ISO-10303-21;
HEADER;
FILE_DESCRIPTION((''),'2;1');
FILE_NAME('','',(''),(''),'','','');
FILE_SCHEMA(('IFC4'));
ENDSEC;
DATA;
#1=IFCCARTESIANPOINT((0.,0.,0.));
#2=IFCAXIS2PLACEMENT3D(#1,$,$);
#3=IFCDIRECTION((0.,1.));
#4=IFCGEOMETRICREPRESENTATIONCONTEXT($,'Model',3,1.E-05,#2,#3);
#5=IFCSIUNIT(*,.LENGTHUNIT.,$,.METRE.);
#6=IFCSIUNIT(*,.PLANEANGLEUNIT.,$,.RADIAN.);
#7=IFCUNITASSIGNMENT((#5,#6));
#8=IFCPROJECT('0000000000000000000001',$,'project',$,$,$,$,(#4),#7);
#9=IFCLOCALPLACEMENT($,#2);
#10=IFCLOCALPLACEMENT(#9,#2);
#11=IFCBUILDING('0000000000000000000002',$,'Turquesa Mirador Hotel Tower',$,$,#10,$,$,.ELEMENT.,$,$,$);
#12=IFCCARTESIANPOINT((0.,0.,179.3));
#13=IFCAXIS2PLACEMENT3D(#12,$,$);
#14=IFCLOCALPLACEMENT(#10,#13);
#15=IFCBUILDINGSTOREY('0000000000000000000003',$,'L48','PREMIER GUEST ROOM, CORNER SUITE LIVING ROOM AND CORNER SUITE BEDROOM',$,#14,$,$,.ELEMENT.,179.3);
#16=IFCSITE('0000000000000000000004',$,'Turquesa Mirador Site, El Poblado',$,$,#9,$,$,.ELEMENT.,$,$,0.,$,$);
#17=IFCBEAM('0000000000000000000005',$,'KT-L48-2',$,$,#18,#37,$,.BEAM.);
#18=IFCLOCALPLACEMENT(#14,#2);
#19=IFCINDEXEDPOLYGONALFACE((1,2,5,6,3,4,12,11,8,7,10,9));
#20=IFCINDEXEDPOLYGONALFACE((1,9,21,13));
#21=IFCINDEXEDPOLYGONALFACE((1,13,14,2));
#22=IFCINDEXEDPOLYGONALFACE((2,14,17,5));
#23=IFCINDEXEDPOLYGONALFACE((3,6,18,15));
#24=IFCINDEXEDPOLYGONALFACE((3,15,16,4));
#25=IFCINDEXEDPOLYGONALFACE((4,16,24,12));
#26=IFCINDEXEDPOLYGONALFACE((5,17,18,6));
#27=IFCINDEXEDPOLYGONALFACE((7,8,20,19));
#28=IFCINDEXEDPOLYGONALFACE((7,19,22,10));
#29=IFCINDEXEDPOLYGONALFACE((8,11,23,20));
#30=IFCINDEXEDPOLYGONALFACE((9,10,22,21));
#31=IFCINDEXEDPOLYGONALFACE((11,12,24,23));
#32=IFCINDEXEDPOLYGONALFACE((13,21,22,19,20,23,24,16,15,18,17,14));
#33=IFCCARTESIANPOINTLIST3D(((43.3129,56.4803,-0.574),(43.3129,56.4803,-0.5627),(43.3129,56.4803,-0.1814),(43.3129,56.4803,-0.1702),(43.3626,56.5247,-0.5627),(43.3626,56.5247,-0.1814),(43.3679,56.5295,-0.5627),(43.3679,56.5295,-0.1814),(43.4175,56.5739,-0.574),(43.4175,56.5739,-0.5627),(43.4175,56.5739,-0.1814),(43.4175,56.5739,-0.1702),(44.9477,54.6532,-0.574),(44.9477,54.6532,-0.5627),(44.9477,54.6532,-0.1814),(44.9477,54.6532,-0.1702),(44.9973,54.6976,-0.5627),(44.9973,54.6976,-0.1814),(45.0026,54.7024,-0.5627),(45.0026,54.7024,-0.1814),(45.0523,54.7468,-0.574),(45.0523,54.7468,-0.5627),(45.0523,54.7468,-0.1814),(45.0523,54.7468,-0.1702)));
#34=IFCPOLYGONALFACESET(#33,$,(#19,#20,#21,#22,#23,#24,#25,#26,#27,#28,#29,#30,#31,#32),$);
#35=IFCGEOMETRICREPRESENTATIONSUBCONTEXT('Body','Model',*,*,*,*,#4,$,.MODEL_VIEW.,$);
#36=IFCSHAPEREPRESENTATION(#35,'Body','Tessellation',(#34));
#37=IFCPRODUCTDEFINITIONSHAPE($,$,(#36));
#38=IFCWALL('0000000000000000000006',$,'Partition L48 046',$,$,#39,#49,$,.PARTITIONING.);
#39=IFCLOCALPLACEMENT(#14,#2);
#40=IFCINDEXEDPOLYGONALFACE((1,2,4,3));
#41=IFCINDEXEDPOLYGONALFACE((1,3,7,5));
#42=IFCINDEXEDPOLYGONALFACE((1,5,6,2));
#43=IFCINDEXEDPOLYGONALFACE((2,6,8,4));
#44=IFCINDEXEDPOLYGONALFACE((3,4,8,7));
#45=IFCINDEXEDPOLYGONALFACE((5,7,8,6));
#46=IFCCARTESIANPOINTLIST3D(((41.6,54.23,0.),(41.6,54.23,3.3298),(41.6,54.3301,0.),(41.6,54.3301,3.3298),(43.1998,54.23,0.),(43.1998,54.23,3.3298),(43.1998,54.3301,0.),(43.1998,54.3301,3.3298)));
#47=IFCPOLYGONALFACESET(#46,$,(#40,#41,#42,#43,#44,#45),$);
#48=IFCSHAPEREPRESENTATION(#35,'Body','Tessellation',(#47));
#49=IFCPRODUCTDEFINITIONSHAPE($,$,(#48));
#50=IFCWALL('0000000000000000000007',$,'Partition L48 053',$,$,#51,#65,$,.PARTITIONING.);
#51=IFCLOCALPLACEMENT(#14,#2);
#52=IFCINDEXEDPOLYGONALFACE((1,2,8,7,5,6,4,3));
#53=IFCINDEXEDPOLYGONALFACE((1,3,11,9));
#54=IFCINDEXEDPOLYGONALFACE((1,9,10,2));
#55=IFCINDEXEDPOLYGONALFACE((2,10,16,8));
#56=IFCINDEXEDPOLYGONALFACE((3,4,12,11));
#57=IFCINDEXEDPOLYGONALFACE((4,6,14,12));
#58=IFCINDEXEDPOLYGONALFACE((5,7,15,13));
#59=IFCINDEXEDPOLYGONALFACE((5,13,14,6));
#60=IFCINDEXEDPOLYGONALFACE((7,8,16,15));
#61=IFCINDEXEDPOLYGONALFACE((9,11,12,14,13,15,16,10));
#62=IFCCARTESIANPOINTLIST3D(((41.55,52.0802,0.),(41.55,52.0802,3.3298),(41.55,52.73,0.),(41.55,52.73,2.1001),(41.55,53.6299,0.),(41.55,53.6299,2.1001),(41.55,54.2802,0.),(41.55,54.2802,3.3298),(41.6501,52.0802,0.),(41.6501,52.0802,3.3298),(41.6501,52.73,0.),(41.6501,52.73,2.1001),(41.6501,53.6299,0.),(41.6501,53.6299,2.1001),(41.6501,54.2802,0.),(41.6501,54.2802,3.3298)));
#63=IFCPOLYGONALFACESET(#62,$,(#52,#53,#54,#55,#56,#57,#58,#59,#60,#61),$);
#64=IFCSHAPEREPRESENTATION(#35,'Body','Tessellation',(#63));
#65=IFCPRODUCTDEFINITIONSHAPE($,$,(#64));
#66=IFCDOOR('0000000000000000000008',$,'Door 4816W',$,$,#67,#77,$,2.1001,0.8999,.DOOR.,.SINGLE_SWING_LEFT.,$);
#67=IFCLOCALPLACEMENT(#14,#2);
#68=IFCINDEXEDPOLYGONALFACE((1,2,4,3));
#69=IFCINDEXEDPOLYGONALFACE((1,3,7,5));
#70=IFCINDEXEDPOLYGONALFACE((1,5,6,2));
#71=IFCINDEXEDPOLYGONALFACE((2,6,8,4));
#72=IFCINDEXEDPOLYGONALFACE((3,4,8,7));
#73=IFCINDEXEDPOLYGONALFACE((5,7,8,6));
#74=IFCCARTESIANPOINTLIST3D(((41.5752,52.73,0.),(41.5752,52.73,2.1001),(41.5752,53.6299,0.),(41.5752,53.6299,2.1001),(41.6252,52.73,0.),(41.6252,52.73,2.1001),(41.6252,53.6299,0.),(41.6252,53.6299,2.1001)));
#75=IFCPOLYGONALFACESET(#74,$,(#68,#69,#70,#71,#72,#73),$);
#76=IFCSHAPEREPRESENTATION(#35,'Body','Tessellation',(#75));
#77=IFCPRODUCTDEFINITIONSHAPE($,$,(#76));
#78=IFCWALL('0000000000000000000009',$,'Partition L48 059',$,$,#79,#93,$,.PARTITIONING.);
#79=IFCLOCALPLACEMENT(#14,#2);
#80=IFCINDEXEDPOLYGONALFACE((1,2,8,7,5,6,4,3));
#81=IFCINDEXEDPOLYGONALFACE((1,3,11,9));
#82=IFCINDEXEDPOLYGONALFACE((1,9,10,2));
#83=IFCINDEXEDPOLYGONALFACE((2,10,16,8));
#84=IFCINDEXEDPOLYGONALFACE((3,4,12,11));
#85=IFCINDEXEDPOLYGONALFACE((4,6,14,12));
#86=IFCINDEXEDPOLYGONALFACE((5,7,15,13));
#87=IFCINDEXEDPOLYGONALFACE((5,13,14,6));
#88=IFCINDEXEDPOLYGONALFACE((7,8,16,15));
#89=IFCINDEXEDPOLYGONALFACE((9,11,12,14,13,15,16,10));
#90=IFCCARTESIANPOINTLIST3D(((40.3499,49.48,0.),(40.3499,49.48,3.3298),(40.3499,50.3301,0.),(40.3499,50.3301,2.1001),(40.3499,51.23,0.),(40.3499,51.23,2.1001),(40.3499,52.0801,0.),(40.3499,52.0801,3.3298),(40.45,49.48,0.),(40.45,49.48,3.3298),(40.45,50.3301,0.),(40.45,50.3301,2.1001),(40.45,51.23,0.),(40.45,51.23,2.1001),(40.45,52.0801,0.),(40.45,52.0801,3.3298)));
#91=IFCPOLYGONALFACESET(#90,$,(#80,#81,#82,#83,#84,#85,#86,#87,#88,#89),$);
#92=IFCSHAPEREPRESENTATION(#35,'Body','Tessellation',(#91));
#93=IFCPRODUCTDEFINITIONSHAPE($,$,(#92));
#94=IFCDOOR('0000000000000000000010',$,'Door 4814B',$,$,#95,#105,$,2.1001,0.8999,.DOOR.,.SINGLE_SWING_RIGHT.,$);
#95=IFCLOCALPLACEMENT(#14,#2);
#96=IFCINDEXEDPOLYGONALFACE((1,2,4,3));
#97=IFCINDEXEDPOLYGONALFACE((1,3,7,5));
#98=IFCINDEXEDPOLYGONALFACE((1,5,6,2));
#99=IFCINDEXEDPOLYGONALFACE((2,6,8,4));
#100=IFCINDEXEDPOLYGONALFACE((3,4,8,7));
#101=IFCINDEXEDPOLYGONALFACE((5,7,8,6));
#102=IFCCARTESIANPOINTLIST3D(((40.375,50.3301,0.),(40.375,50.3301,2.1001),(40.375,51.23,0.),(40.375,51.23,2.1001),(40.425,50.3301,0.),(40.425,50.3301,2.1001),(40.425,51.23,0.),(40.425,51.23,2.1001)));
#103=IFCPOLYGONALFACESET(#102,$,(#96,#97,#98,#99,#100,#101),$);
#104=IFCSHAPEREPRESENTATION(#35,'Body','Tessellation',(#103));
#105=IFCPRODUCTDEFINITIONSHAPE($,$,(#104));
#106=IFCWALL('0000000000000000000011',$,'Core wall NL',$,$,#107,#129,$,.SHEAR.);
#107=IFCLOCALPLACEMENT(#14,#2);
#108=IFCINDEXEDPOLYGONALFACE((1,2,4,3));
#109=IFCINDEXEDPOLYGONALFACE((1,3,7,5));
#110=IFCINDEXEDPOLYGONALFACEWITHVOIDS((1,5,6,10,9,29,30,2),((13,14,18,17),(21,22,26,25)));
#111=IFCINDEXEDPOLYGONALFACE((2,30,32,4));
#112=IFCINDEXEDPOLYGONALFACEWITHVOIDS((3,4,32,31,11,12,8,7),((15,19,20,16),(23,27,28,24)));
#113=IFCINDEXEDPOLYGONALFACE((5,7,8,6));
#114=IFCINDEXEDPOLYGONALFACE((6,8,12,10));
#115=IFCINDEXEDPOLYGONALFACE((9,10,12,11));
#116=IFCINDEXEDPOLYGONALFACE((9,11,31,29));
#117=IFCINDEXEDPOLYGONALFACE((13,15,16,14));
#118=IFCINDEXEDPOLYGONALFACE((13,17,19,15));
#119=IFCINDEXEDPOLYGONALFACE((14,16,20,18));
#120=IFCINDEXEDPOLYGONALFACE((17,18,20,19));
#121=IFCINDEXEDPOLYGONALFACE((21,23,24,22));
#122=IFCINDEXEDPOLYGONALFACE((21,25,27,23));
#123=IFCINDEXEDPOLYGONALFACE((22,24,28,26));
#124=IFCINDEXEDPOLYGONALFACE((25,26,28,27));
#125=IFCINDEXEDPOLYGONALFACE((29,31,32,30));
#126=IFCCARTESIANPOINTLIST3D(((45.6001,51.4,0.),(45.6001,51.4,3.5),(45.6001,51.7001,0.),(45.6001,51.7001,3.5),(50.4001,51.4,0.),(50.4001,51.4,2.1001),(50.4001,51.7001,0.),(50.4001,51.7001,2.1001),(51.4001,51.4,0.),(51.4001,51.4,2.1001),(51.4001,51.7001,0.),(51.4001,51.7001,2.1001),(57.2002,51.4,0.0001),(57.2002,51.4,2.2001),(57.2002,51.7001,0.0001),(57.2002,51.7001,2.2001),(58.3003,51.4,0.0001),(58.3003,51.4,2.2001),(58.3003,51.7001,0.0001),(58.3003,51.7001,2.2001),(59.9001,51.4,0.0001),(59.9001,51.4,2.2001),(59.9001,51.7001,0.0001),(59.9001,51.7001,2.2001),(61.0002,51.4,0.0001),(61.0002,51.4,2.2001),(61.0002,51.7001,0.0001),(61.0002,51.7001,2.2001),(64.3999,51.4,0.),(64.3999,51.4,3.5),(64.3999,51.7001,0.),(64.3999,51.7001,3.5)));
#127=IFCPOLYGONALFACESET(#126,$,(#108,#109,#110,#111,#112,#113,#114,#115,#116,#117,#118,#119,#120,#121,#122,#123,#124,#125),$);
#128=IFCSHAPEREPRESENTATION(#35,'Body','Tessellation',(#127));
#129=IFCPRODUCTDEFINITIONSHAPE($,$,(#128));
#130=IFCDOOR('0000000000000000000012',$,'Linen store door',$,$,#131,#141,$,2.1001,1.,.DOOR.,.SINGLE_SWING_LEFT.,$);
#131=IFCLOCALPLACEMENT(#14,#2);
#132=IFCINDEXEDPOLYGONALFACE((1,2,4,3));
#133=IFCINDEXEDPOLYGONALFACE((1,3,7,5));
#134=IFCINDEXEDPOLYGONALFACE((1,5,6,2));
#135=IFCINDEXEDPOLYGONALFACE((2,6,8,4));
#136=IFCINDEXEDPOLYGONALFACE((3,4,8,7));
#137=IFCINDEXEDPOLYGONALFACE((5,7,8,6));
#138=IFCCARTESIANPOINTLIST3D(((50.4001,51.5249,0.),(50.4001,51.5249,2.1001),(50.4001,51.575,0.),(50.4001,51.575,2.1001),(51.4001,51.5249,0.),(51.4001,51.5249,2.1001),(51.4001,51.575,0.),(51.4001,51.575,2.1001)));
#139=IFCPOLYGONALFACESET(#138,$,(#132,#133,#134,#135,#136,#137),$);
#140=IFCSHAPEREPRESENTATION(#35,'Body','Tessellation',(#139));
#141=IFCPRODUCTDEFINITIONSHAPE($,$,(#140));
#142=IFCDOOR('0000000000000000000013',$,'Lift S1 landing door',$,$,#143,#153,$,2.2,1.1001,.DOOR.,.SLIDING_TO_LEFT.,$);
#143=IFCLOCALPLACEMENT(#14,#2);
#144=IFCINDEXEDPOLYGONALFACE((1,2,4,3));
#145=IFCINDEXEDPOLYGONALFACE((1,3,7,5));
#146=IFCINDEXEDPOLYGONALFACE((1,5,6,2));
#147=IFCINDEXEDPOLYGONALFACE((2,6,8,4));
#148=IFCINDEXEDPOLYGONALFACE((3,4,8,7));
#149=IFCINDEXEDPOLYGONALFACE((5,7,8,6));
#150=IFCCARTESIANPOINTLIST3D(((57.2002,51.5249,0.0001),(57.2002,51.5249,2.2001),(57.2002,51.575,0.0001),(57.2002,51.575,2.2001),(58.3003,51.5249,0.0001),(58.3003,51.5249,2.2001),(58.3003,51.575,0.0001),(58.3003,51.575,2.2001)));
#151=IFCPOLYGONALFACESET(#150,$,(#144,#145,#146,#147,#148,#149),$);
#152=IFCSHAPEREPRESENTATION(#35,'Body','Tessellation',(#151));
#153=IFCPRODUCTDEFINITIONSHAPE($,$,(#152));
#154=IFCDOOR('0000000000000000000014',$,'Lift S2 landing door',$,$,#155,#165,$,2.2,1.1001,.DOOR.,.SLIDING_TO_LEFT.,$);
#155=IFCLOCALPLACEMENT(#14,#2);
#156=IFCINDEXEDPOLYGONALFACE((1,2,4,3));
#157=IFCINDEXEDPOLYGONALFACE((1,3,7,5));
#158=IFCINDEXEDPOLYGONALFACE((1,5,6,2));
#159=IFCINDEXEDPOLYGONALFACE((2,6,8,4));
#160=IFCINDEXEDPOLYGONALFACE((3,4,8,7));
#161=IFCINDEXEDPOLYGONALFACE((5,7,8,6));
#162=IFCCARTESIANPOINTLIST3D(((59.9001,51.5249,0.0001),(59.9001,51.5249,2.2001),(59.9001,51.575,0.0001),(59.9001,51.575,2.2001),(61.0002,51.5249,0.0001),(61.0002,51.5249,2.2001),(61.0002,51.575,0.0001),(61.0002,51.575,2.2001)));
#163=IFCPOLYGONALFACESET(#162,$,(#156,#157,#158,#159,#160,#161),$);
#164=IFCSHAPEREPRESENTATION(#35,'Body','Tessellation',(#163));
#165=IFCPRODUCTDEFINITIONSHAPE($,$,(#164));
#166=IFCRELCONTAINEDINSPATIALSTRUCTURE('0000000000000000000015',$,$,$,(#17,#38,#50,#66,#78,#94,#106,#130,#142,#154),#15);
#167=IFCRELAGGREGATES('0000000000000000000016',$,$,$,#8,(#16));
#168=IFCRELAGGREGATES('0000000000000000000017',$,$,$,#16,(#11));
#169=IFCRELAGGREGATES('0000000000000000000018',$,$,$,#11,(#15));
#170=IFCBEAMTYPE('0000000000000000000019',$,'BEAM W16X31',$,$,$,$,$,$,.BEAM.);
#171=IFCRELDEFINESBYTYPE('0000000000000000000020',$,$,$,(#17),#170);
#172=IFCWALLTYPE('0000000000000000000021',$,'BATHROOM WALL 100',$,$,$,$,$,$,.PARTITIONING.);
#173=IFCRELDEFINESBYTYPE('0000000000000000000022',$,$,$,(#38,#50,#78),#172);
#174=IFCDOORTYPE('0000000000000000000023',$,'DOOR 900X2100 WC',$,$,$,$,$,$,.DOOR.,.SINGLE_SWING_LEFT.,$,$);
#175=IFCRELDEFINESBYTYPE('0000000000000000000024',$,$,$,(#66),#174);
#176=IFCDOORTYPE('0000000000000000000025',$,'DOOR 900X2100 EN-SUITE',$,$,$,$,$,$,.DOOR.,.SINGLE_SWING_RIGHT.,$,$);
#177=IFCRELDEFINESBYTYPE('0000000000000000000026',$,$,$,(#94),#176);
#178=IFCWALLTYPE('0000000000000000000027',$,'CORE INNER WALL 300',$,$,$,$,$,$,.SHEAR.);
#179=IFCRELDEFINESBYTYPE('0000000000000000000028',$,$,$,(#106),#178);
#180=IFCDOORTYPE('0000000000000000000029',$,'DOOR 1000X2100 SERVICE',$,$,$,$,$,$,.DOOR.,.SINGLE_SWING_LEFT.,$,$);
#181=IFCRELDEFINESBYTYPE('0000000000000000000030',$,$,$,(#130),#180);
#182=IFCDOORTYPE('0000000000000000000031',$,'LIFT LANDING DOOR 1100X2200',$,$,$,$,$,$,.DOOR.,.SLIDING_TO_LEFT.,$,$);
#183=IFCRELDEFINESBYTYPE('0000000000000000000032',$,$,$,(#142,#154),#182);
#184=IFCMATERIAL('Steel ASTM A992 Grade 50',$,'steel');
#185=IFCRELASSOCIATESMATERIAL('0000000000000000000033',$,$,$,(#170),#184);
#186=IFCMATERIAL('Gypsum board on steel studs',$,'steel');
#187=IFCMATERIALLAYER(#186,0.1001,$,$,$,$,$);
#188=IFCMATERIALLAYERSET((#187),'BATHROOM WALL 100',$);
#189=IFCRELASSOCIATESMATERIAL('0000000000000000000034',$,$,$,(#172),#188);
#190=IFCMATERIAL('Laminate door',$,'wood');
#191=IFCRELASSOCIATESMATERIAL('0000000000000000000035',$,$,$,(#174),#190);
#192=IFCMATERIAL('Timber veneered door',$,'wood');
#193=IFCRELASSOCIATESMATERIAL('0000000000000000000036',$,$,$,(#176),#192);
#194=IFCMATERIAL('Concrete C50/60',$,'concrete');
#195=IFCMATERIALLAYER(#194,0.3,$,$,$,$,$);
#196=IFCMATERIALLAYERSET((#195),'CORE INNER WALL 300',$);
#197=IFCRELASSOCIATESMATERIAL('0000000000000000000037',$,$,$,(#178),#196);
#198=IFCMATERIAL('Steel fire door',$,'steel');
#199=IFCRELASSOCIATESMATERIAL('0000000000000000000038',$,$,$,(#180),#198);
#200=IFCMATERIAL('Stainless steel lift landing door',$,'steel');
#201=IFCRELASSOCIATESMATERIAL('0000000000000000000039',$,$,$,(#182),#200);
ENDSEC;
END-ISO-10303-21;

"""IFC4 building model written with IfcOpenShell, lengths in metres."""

from ifc_helpers import new_model, si_unit, direction, frame, frame_2d, origin, origin_2d, place, context, subcontext, project, spatial, rectangle, i_section, extrude, material, layer, layer_set, material_profile, profile_set, type_object, element, fill, save


model = new_model("IFC4")

# Units and contexts
model_context = context("Model", 3, precision=1e-05, world=origin(), true_north=direction((0.0, 1.0)))
body_context = subcontext(model_context, "Body", "Model", "MODEL_VIEW")
ifc_project = project(units=[si_unit("LENGTHUNIT", "METRE"), si_unit("PLANEANGLEUNIT", "RADIAN")], contexts=[model_context])

# Site, building, storey
site_placement = place(None, origin())
site = spatial("IfcSite", under=ifc_project, at=site_placement, Name="Turquesa Mirador Site, El Poblado", CompositionType="ELEMENT", RefElevation=0.0)
building_placement = place(site_placement, origin())
building = spatial("IfcBuilding", under=site, at=building_placement, Name="Turquesa Mirador Hotel Tower", CompositionType="ELEMENT")
storey_placement = place(building_placement, frame((0.0, 0.0, 179.3)))
storey = spatial("IfcBuildingStorey", under=building, at=storey_placement, Name="L48", Description="PREMIER GUEST ROOM, CORNER SUITE LIVING ROOM AND CORNER SUITE BEDROOM", CompositionType="ELEMENT", Elevation=179.3)

# Beam
ifc_material_1 = material(Name="Steel ASTM A992 Grade 50", Category="steel")
ifc_material_profile = material_profile(ifc_material_1, i_section(OverallWidth=0.1404, OverallDepth=0.4038, WebThickness=0.0071, FlangeThickness=0.0112, at=origin_2d()), Name="W16X31")
ifc_profile_set = profile_set([ifc_material_profile], Name="Steel ASTM A992 Grade 50")
beam_type = type_object("IfcBeamType", Name="BEAM W16X31", PredefinedType="BEAM", material=ifc_profile_set)
beam_placement = place(storey_placement, frame((43.3652, 56.5271, -0.3721), z_axis=(0.666783, -0.745252, 0.0), x_axis=(0.745252, 0.666783, 0.0)))
element("IfcBeam", 1, at=beam_placement, inside=storey, type_object=beam_type, Name="KT-L48-2", PredefinedType="BEAM", context=body_context, shape_type="SweptSolid", body=[
    extrude(i_section(OverallWidth=0.1404, OverallDepth=0.4038, WebThickness=0.0071, FlangeThickness=0.0112, at=origin_2d()), origin(), (0.0, 0.0, 1.0), 2.4517),
])

# Wall
ifc_material_2 = material(Name="Gypsum board on steel studs", Category="steel")
ifc_layer_1 = layer(ifc_material_2, 0.1001)
ifc_layer_set_1 = layer_set([ifc_layer_1], Name="BATHROOM WALL 100")
wall_type_1 = type_object("IfcWallType", Name="BATHROOM WALL 100", PredefinedType="PARTITIONING", material=ifc_layer_set_1)
wall_1_placement = place(storey_placement, frame((41.6001, 54.28, 0.0), z_axis=(0.0, 0.0, 1.0), x_axis=(1.0, 0.0, 0.0)))
element("IfcWall", 2, at=wall_1_placement, inside=storey, type_object=wall_type_1, Name="Partition L48 046", PredefinedType="PARTITIONING", context=body_context, shape_type="SweptSolid", body=[
    extrude(rectangle(XDim=1.5999, YDim=0.1001, at=frame_2d((0.7998, 0.0))), origin(), (0.0, 0.0, 1.0), 3.3298),
])

# Walls, openings, doors
wall_2_placement = place(storey_placement, frame((41.6001, 52.0801, 0.0), z_axis=(0.0, 0.0, 1.0), x_axis=(0.0, 1.0, 0.0)))
wall_2 = element("IfcWall", 3, at=wall_2_placement, inside=storey, type_object=wall_type_1, Name="Partition L48 053", PredefinedType="PARTITIONING", context=body_context, shape_type="SweptSolid", body=[
    extrude(rectangle(XDim=2.2, YDim=0.1001, at=frame_2d((1.1001, 0.0))), origin(), (0.0, 0.0, 1.0), 3.3298),
])
opening_1_placement = place(wall_2_placement, frame((0.6499, 0.0, 0.0)))
opening_1 = element("IfcOpeningElement", 4, at=opening_1_placement, cuts=wall_2, PredefinedType="OPENING", context=body_context, shape_type="SweptSolid", body=[
    extrude(rectangle(XDim=0.8999, YDim=2.1001, at=frame_2d((0.45, 1.05))), frame((0.0, 0.0601, 0.0), z_axis=(0.0, -1.0, 0.0), x_axis=(1.0, 0.0, 0.0)), (0.0, 0.0, 1.0), 0.1201),
])
ifc_material_3 = material(Name="Laminate door", Category="wood")
door_type_1 = type_object("IfcDoorType", Name="DOOR 900X2100 WC", OperationType="SINGLE_SWING_LEFT", PredefinedType="DOOR", material=ifc_material_3)
door_1_placement = place(opening_1_placement, origin())
door_1 = element("IfcDoor", 5, at=door_1_placement, inside=storey, type_object=door_type_1, Name="Door 4816W", OperationType="SINGLE_SWING_LEFT", OverallHeight=2.1001, OverallWidth=0.8999, PredefinedType="DOOR", context=body_context, shape_type="SweptSolid", body=[
    extrude(rectangle(XDim=0.8999, YDim=2.1001, at=frame_2d((0.45, 1.05))), frame((0.0, 0.0249, 0.0), z_axis=(0.0, -1.0, 0.0), x_axis=(1.0, 0.0, 0.0)), (0.0, 0.0, 1.0), 0.05),
])
fill(opening_1, door_1)
wall_3_placement = place(storey_placement, frame((40.3999, 49.48, 0.0), z_axis=(0.0, 0.0, 1.0), x_axis=(0.0, 1.0, 0.0)))
wall_3 = element("IfcWall", 6, at=wall_3_placement, inside=storey, type_object=wall_type_1, Name="Partition L48 059", PredefinedType="PARTITIONING", context=body_context, shape_type="SweptSolid", body=[
    extrude(rectangle(XDim=2.6001, YDim=0.1001, at=frame_2d((1.3, 0.0))), origin(), (0.0, 0.0, 1.0), 3.3298),
])
opening_2_placement = place(wall_3_placement, frame((0.8501, 0.0, 0.0)))
opening_2 = element("IfcOpeningElement", 7, at=opening_2_placement, cuts=wall_3, PredefinedType="OPENING", context=body_context, shape_type="SweptSolid", body=[
    extrude(rectangle(XDim=0.8999, YDim=2.1001, at=frame_2d((0.45, 1.05))), frame((0.0, 0.0601, 0.0), z_axis=(0.0, -1.0, 0.0), x_axis=(1.0, 0.0, 0.0)), (0.0, 0.0, 1.0), 0.1201),
])
ifc_material_4 = material(Name="Timber veneered door", Category="wood")
door_type_2 = type_object("IfcDoorType", Name="DOOR 900X2100 EN-SUITE", OperationType="SINGLE_SWING_RIGHT", PredefinedType="DOOR", material=ifc_material_4)
door_2_placement = place(opening_2_placement, origin())
door_2 = element("IfcDoor", 8, at=door_2_placement, inside=storey, type_object=door_type_2, Name="Door 4814B", OperationType="SINGLE_SWING_RIGHT", OverallHeight=2.1001, OverallWidth=0.8999, PredefinedType="DOOR", context=body_context, shape_type="SweptSolid", body=[
    extrude(rectangle(XDim=0.8999, YDim=2.1001, at=frame_2d((0.45, 1.05))), frame((0.0, 0.0249, 0.0), z_axis=(0.0, -1.0, 0.0), x_axis=(1.0, 0.0, 0.0)), (0.0, 0.0, 1.0), 0.05),
])
fill(opening_2, door_2)

# Wall, openings, doors
ifc_material_5 = material(Name="Concrete C50/60", Category="concrete")
ifc_layer_2 = layer(ifc_material_5, 0.3)
ifc_layer_set_2 = layer_set([ifc_layer_2], Name="CORE INNER WALL 300")
wall_type_2 = type_object("IfcWallType", Name="CORE INNER WALL 300", PredefinedType="SHEAR", material=ifc_layer_set_2)
wall_4_placement = place(storey_placement, frame((45.6001, 51.55, 0.0), z_axis=(0.0, 0.0, 1.0), x_axis=(1.0, 0.0, 0.0)))
wall_4 = element("IfcWall", 9, at=wall_4_placement, inside=storey, type_object=wall_type_2, Name="Core wall NL", PredefinedType="SHEAR", context=body_context, shape_type="SweptSolid", body=[
    extrude(rectangle(XDim=18.7998, YDim=0.3, at=frame_2d((9.3999, 0.0))), origin(), (0.0, 0.0, 1.0), 3.5),
])
opening_3_placement = place(wall_4_placement, frame((4.8, 0.0, 0.0)))
opening_3 = element("IfcOpeningElement", 10, at=opening_3_placement, cuts=wall_4, PredefinedType="OPENING", context=body_context, shape_type="SweptSolid", body=[
    extrude(rectangle(XDim=1.0, YDim=2.1001, at=frame_2d((0.5, 1.05))), frame((0.0, 0.1599, 0.0), z_axis=(0.0, -1.0, 0.0), x_axis=(1.0, 0.0, 0.0)), (0.0, 0.0, 1.0), 0.3201),
])
opening_4_placement = place(wall_4_placement, frame((11.6001, 0.0, 0.0)))
opening_4 = element("IfcOpeningElement", 11, at=opening_4_placement, cuts=wall_4, PredefinedType="OPENING", context=body_context, shape_type="SweptSolid", body=[
    extrude(rectangle(XDim=1.1001, YDim=2.2, at=frame_2d((0.55, 1.1001))), frame((0.0, 0.1599, 0.0), z_axis=(0.0, -1.0, 0.0), x_axis=(1.0, 0.0, 0.0)), (0.0, 0.0, 1.0), 0.3201),
])
opening_5_placement = place(wall_4_placement, frame((14.3, 0.0, 0.0)))
opening_5 = element("IfcOpeningElement", 12, at=opening_5_placement, cuts=wall_4, PredefinedType="OPENING", context=body_context, shape_type="SweptSolid", body=[
    extrude(rectangle(XDim=1.1001, YDim=2.2, at=frame_2d((0.55, 1.1001))), frame((0.0, 0.1599, 0.0), z_axis=(0.0, -1.0, 0.0), x_axis=(1.0, 0.0, 0.0)), (0.0, 0.0, 1.0), 0.3201),
])
ifc_material_6 = material(Name="Steel fire door", Category="steel")
door_type_3 = type_object("IfcDoorType", Name="DOOR 1000X2100 SERVICE", OperationType="SINGLE_SWING_LEFT", PredefinedType="DOOR", material=ifc_material_6)
door_3_placement = place(opening_3_placement, origin())
door_3 = element("IfcDoor", 13, at=door_3_placement, inside=storey, type_object=door_type_3, Name="Linen store door", OperationType="SINGLE_SWING_LEFT", OverallHeight=2.1001, OverallWidth=1.0, PredefinedType="DOOR", context=body_context, shape_type="SweptSolid", body=[
    extrude(rectangle(XDim=1.0, YDim=2.1001, at=frame_2d((0.5, 1.05))), frame((0.0, 0.0249, 0.0), z_axis=(0.0, -1.0, 0.0), x_axis=(1.0, 0.0, 0.0)), (0.0, 0.0, 1.0), 0.05),
])
fill(opening_3, door_3)
ifc_material_7 = material(Name="Stainless steel lift landing door", Category="steel")
door_type_4 = type_object("IfcDoorType", Name="LIFT LANDING DOOR 1100X2200", OperationType="SLIDING_TO_LEFT", PredefinedType="DOOR", material=ifc_material_7)
door_4_placement = place(opening_4_placement, origin())
door_4 = element("IfcDoor", 14, at=door_4_placement, inside=storey, type_object=door_type_4, Name="Lift S1 landing door", OperationType="SLIDING_TO_LEFT", OverallHeight=2.2, OverallWidth=1.1001, PredefinedType="DOOR", context=body_context, shape_type="SweptSolid", body=[
    extrude(rectangle(XDim=1.1001, YDim=2.2, at=frame_2d((0.55, 1.1001))), frame((0.0, 0.0249, 0.0), z_axis=(0.0, -1.0, 0.0), x_axis=(1.0, 0.0, 0.0)), (0.0, 0.0, 1.0), 0.05),
])
fill(opening_4, door_4)
door_5_placement = place(opening_5_placement, origin())
door_5 = element("IfcDoor", 15, at=door_5_placement, inside=storey, type_object=door_type_4, Name="Lift S2 landing door", OperationType="SLIDING_TO_LEFT", OverallHeight=2.2, OverallWidth=1.1001, PredefinedType="DOOR", context=body_context, shape_type="SweptSolid", body=[
    extrude(rectangle(XDim=1.1001, YDim=2.2, at=frame_2d((0.55, 1.1001))), frame((0.0, 0.0249, 0.0), z_axis=(0.0, -1.0, 0.0), x_axis=(1.0, 0.0, 0.0)), (0.0, 0.0, 1.0), 0.05),
])
fill(opening_5, door_5)

save(model, "model.ifc")
